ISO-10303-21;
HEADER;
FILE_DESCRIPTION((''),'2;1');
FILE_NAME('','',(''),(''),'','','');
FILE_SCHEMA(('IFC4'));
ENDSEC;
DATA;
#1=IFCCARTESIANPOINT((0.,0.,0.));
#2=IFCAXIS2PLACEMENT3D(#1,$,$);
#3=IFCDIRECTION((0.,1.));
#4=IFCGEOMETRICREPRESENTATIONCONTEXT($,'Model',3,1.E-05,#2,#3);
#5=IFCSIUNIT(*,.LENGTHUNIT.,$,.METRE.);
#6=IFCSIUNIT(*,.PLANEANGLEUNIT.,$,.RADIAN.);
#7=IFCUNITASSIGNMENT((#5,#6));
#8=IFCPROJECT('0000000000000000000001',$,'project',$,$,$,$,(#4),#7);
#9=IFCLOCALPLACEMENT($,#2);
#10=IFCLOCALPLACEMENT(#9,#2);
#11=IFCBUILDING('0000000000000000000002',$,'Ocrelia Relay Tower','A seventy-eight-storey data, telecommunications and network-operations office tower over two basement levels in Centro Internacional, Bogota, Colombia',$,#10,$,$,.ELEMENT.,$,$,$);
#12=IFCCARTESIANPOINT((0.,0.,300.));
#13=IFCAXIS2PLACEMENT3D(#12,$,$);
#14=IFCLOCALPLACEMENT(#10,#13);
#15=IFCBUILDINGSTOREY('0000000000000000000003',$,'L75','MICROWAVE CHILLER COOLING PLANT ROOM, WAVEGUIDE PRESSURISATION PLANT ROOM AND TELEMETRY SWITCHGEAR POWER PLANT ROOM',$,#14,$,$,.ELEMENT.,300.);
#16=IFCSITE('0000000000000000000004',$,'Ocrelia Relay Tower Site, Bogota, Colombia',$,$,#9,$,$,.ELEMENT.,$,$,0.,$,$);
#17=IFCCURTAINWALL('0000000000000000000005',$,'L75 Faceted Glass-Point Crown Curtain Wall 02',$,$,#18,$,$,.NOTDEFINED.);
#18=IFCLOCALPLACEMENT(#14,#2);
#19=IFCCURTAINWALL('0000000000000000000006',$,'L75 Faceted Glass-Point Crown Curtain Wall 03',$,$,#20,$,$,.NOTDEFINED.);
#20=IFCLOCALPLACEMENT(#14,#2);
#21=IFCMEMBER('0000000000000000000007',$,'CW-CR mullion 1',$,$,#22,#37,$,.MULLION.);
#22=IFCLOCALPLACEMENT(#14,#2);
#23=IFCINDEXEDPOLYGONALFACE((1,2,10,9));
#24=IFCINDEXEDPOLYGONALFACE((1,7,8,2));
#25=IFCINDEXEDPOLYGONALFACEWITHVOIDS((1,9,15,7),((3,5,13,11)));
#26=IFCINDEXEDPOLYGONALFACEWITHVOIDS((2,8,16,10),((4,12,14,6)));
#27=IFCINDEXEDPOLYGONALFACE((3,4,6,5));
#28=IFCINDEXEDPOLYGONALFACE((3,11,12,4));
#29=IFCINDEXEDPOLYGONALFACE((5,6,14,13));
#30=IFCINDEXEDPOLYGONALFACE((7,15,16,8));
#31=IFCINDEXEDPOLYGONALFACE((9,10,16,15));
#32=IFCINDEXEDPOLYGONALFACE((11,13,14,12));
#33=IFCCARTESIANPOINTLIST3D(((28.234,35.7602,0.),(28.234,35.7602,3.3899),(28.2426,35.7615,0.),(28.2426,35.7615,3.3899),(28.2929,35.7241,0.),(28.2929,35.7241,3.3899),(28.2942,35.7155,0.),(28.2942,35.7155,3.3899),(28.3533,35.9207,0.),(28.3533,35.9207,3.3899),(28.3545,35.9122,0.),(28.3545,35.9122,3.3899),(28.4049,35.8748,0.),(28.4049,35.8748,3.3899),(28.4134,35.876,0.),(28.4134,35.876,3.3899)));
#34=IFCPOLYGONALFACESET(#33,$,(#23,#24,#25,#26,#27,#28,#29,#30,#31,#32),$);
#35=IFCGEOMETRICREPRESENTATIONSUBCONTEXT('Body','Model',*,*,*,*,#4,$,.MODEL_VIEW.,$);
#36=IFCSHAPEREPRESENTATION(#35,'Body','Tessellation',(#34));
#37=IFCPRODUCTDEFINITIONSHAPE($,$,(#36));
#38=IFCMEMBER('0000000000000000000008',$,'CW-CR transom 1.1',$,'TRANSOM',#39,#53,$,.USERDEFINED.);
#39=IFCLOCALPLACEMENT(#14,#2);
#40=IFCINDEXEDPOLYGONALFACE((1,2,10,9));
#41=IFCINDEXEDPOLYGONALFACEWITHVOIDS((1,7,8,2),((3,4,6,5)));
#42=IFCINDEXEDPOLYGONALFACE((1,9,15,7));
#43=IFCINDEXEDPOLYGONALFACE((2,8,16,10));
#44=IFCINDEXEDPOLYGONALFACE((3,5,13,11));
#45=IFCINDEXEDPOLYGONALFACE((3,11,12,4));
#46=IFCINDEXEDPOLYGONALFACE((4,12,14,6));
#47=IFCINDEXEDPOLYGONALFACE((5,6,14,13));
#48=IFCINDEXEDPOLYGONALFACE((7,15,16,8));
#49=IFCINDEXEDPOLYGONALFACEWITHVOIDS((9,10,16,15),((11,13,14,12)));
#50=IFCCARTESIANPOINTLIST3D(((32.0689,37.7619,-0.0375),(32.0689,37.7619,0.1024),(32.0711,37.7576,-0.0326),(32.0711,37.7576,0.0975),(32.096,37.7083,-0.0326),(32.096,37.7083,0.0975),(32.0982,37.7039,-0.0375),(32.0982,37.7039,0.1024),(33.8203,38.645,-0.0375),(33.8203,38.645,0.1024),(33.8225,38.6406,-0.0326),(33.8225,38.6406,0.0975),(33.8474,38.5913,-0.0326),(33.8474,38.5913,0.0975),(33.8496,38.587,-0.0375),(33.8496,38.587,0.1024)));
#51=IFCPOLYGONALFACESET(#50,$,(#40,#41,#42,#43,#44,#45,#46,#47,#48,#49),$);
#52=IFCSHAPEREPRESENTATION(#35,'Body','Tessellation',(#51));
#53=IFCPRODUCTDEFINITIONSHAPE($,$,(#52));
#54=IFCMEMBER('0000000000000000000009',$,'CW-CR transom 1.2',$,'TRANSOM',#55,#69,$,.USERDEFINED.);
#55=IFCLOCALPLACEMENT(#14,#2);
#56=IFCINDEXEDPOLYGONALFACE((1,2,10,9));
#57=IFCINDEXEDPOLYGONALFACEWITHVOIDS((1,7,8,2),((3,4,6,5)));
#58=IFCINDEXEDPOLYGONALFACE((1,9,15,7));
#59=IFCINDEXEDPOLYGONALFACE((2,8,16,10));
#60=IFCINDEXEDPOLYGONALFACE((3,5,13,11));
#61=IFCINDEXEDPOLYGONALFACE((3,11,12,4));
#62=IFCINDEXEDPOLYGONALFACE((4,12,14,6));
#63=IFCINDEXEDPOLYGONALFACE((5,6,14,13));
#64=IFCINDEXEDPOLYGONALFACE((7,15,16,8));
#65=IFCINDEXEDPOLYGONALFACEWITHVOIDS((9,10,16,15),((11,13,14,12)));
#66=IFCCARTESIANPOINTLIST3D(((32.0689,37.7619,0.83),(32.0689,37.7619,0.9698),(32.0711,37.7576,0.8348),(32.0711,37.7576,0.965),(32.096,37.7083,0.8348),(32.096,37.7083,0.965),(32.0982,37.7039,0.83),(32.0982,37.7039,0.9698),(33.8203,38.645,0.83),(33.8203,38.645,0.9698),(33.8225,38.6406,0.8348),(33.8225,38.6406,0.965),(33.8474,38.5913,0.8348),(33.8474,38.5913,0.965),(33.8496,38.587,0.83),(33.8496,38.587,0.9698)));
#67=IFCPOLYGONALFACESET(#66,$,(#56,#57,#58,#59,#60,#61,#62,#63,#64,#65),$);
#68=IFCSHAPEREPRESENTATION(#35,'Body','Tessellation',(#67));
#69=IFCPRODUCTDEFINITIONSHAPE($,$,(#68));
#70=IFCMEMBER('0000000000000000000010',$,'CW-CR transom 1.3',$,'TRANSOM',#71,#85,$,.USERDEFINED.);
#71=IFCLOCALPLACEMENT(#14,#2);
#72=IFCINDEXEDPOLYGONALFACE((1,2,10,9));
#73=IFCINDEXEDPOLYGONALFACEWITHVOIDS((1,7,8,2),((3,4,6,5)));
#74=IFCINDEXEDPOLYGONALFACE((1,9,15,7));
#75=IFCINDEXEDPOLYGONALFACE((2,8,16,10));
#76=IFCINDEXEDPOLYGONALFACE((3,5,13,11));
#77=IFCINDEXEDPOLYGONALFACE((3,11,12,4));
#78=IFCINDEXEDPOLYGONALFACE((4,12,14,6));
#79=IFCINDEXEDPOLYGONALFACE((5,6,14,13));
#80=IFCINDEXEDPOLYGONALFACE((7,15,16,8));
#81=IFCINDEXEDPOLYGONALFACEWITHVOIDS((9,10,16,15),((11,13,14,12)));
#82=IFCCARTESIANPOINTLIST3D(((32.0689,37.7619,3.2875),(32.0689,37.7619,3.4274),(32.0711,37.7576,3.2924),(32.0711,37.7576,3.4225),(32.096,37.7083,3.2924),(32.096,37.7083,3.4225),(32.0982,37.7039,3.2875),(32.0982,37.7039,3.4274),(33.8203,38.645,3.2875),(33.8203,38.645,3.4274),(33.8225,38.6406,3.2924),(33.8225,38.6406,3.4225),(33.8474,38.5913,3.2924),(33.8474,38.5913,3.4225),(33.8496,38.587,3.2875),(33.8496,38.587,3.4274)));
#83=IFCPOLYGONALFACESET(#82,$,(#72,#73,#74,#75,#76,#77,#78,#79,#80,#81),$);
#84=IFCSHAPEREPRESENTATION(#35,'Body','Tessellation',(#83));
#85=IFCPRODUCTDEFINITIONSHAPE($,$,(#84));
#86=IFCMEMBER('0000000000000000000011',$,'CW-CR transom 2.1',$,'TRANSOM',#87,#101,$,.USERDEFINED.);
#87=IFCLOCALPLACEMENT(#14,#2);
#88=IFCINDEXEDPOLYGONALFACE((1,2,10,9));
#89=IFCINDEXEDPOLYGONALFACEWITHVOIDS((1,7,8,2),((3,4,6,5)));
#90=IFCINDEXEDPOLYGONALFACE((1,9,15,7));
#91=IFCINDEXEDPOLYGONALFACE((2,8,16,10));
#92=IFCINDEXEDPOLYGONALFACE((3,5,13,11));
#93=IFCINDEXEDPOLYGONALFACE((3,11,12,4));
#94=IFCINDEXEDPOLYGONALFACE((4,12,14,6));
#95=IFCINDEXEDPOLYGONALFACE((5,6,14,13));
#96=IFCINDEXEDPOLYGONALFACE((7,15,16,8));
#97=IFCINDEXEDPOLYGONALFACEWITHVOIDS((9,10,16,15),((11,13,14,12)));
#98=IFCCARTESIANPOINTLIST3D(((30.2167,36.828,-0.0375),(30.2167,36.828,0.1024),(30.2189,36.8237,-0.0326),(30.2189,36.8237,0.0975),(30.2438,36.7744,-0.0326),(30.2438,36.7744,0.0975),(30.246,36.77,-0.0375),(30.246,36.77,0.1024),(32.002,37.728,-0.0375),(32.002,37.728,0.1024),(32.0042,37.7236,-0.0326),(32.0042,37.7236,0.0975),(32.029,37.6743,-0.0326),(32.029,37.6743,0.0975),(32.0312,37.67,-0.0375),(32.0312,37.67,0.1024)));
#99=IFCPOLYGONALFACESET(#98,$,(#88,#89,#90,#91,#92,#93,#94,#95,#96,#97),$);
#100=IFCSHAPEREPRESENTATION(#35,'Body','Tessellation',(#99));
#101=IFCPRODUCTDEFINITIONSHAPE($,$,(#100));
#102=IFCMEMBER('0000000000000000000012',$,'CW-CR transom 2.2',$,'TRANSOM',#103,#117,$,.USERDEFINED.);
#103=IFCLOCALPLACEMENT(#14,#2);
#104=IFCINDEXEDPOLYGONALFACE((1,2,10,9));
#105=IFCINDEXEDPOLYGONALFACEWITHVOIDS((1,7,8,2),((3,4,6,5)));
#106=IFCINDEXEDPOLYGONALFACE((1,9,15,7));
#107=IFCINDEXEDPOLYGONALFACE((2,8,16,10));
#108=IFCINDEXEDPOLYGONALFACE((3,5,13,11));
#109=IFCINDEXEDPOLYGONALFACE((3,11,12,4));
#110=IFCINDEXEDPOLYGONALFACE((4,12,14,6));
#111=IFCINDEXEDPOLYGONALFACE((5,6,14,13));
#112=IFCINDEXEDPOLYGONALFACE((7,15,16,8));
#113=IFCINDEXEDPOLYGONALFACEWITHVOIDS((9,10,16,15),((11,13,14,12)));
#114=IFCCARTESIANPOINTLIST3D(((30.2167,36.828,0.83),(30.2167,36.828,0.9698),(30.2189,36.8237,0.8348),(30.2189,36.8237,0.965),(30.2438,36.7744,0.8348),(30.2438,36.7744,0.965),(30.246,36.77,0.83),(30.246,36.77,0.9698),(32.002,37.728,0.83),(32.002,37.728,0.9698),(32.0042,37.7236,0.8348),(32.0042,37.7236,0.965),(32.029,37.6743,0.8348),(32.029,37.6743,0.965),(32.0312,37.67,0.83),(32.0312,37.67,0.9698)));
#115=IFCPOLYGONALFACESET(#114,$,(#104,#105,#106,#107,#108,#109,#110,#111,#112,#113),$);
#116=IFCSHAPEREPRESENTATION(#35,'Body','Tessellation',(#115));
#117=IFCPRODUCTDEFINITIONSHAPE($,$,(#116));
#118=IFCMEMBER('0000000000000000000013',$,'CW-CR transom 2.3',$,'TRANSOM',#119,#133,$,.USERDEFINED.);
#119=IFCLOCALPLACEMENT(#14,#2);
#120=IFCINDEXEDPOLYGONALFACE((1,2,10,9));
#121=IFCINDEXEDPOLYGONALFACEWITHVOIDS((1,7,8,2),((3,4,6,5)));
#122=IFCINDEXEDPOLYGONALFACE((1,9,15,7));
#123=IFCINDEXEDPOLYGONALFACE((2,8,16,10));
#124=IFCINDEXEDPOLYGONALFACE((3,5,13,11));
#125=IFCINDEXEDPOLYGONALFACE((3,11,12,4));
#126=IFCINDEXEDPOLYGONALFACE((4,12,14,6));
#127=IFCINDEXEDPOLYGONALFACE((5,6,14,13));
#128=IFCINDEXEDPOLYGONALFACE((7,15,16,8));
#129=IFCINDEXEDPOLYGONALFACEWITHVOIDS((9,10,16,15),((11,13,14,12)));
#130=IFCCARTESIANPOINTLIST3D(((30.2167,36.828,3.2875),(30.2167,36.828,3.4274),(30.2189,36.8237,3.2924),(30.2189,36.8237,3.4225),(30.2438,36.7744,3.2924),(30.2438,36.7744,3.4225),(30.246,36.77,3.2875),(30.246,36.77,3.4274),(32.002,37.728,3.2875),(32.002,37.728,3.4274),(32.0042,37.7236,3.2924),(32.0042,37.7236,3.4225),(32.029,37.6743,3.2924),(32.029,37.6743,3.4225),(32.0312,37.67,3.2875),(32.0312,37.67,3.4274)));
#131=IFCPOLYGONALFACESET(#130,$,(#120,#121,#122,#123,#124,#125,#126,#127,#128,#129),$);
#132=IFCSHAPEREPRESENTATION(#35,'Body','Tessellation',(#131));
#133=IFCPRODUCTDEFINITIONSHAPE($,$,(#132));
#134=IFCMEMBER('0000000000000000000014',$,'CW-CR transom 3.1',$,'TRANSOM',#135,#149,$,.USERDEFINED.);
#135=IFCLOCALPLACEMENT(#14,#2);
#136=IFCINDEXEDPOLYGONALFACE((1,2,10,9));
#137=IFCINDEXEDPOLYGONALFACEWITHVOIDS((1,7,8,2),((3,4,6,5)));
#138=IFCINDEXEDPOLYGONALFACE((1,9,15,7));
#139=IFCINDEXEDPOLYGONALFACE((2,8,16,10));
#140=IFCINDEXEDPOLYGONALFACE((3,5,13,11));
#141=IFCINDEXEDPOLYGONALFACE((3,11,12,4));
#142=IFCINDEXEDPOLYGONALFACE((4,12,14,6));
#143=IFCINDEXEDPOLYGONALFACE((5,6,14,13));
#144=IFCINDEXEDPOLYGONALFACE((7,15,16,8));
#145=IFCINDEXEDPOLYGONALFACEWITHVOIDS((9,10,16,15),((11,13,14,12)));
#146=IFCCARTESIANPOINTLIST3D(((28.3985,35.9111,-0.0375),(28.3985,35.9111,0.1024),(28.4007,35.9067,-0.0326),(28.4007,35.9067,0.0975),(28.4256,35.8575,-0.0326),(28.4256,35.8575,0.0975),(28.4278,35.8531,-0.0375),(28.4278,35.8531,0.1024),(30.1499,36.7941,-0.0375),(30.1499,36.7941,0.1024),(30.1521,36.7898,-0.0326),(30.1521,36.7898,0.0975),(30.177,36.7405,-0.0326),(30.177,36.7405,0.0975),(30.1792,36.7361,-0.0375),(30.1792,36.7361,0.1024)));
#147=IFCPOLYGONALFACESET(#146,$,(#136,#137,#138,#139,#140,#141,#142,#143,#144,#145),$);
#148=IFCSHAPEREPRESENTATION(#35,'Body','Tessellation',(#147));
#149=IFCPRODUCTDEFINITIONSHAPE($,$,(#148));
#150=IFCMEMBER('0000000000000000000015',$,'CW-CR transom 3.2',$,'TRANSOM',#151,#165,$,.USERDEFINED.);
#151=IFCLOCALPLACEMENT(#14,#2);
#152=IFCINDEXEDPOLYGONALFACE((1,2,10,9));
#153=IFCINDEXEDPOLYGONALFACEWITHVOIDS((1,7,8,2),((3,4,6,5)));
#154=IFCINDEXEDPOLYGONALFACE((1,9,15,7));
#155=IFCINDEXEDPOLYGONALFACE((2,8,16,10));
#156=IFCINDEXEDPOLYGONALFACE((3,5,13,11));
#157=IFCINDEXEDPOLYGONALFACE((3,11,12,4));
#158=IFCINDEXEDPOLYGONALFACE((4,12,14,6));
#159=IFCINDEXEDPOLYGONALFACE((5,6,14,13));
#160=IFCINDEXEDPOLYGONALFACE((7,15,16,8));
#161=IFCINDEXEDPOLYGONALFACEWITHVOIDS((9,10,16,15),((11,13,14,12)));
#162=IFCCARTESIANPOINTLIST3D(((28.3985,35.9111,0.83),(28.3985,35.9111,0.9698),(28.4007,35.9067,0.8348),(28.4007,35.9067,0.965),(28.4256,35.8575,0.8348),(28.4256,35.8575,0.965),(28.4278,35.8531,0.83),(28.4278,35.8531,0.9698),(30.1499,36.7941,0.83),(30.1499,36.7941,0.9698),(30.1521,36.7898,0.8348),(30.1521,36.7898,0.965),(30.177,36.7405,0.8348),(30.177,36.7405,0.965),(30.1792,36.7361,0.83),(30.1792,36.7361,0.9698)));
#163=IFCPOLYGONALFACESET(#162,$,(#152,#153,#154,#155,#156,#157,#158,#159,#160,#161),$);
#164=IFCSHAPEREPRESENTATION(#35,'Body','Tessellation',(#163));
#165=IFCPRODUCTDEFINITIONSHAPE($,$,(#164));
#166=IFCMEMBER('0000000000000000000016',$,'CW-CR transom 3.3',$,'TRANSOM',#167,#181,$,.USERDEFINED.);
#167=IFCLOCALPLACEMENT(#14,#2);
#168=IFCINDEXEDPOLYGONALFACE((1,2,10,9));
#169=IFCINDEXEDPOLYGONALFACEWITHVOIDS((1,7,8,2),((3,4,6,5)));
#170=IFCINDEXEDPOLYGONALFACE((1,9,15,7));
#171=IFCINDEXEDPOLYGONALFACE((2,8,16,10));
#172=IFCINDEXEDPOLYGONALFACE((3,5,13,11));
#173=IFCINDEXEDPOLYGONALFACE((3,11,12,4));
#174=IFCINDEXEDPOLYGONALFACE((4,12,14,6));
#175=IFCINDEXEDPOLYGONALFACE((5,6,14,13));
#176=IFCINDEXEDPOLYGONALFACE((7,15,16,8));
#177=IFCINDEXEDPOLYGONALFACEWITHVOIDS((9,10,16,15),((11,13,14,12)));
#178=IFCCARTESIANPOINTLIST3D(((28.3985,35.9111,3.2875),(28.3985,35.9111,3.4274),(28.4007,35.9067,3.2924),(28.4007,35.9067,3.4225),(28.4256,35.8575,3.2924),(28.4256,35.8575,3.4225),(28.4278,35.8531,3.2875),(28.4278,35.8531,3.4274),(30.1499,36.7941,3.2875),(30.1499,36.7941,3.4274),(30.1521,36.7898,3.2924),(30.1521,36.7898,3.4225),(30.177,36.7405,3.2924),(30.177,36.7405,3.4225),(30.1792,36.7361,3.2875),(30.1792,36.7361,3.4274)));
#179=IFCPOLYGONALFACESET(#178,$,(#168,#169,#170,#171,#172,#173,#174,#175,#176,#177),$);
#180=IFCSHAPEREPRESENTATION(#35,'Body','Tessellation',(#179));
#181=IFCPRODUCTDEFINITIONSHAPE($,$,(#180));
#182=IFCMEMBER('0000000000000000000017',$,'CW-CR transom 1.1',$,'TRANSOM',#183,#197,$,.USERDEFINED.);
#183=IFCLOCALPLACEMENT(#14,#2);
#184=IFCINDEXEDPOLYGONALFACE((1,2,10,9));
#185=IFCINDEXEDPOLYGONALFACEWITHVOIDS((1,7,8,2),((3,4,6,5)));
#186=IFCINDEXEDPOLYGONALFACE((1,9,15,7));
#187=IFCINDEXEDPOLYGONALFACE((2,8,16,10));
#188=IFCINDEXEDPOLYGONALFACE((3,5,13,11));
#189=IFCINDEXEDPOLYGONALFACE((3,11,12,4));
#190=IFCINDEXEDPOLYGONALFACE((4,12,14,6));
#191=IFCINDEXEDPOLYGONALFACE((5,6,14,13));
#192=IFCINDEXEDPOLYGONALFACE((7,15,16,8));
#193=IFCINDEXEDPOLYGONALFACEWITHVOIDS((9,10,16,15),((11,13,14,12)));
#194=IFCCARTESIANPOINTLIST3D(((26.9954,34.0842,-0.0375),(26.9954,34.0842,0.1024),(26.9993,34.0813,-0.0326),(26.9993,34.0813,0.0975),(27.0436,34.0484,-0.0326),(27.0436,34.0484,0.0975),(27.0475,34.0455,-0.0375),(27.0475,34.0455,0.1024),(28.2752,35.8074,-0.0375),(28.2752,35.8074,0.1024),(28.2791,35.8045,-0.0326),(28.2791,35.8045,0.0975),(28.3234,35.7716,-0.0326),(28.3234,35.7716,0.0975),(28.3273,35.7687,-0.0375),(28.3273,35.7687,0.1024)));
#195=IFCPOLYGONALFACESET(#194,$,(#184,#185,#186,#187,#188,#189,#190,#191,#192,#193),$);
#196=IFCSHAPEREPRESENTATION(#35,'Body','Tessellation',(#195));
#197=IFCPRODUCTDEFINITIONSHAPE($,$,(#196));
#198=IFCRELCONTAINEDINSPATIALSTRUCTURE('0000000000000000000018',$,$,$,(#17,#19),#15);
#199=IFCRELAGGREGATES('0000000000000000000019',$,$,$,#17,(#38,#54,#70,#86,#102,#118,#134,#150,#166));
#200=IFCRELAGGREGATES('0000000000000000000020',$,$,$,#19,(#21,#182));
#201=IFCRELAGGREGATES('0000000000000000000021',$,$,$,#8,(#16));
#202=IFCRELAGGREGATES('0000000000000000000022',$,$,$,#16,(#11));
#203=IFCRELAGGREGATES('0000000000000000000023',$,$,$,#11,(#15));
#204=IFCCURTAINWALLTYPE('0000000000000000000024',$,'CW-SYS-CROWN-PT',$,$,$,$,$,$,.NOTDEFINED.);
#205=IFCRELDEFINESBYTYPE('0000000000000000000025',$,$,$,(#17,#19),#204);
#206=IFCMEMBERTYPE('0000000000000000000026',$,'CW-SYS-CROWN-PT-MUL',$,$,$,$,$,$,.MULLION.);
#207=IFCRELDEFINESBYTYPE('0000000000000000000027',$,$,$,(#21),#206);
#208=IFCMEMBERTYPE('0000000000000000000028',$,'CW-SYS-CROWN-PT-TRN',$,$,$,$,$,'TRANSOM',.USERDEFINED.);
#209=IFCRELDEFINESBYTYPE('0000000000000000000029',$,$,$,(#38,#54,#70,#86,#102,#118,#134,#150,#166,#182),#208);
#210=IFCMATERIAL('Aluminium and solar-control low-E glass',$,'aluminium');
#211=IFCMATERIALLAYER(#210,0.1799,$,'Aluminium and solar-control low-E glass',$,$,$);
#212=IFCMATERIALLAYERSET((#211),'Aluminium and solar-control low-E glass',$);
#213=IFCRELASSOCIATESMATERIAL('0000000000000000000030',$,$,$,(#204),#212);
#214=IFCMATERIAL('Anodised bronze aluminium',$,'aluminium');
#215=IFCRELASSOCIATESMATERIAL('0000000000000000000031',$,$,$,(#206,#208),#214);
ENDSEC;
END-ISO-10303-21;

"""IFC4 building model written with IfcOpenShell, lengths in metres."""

from ifc_helpers import new_model, si_unit, direction, frame, origin, origin_2d, place, context, subcontext, project, spatial, hollow_rectangle, extrude, material, layer, layer_set, material_profile, profile_set, type_object, element, aggregate, save


model = new_model("IFC4")

# Units and contexts
model_context = context("Model", 3, precision=1e-05, world=origin(), true_north=direction((0.0, 1.0)))
body_context = subcontext(model_context, "Body", "Model", "MODEL_VIEW")
ifc_project = project(units=[si_unit("LENGTHUNIT", "METRE"), si_unit("PLANEANGLEUNIT", "RADIAN")], contexts=[model_context])

# Site, building, storey
site_placement = place(None, origin())
site = spatial("IfcSite", under=ifc_project, at=site_placement, Name="Ocrelia Relay Tower Site, Bogota, Colombia", CompositionType="ELEMENT", RefElevation=0.0)
building_placement = place(site_placement, origin())
building = spatial("IfcBuilding", under=site, at=building_placement, Name="Ocrelia Relay Tower", Description="A seventy-eight-storey data, telecommunications and network-operations office tower over two basement levels in Centro Internacional, Bogota, Colombia", CompositionType="ELEMENT")
storey_placement = place(building_placement, frame((0.0, 0.0, 300.0)))
storey = spatial("IfcBuildingStorey", under=building, at=storey_placement, Name="L75", Description="MICROWAVE CHILLER COOLING PLANT ROOM, WAVEGUIDE PRESSURISATION PLANT ROOM AND TELEMETRY SWITCHGEAR POWER PLANT ROOM", CompositionType="ELEMENT", Elevation=300.0)

# Shared definitions
ifc_material_1 = material(Name="Aluminium and solar-control low-E glass", Category="aluminium")
ifc_layer_1 = layer(ifc_material_1, 0.1799, Name="Aluminium and solar-control low-E glass")
ifc_layer_set_1 = layer_set([ifc_layer_1], Name="Aluminium and solar-control low-E glass")
curtain_wall_type = type_object("IfcCurtainWallType", Name="CW-SYS-CROWN-PT", PredefinedType="NOTDEFINED", material=ifc_layer_set_1)
ifc_material_2 = material(Name="Anodised bronze aluminium", Category="aluminium")
ifc_material_profile_1 = material_profile(ifc_material_2, hollow_rectangle(XDim=0.075, YDim=0.2, WallThickness=0.0061, at=origin_2d()), Name="CW-MUL-200x75")
ifc_profile_set_1 = profile_set([ifc_material_profile_1], Name="Anodised bronze aluminium")
member_type_1 = type_object("IfcMemberType", Name="CW-SYS-CROWN-PT-MUL", PredefinedType="MULLION", material=ifc_profile_set_1)

# Curtain wall
curtain_wall_1_placement = place(storey_placement, origin())
curtain_wall_1 = element("IfcCurtainWall", 1, at=curtain_wall_1_placement, inside=storey, type_object=curtain_wall_type, Name="L75 Faceted Glass-Point Crown Curtain Wall 02", PredefinedType="NOTDEFINED")

# Curtain wall, member
curtain_wall_2_placement = place(storey_placement, origin())
curtain_wall_2 = element("IfcCurtainWall", 2, at=curtain_wall_2_placement, inside=storey, type_object=curtain_wall_type, Name="L75 Faceted Glass-Point Crown Curtain Wall 03", PredefinedType="NOTDEFINED")
member_1_placement = place(storey_placement, frame((28.3237, 35.8181, 0.0), z_axis=(0.0, 0.0, 1.0), x_axis=(0.802777, -0.59628, 0.0)))
member_1 = element("IfcMember", 3, at=member_1_placement, type_object=member_type_1, Name="CW-CR mullion 1", PredefinedType="MULLION", context=body_context, shape_type="SweptSolid", body=[
    extrude(hollow_rectangle(XDim=0.075, YDim=0.2, WallThickness=0.0061, at=origin_2d()), origin(), (0.0, 0.0, 1.0), 3.3899),
])

# Members
ifc_material_profile_2 = material_profile(ifc_material_2, hollow_rectangle(XDim=0.0649, YDim=0.1399, WallThickness=0.0049, at=origin_2d()), Name="CW-TRN-140x65")
ifc_profile_set_2 = profile_set([ifc_material_profile_2], Name="Anodised bronze aluminium")
member_type_2 = type_object("IfcMemberType", Name="CW-SYS-CROWN-PT-TRN", ElementType="TRANSOM", PredefinedType="USERDEFINED", material=ifc_profile_set_2)
member_2_placement = place(storey_placement, frame((33.835, 38.616, 0.0325), z_axis=(-0.892929, -0.450198, 0.0), x_axis=(0.450198, -0.892929, 0.0)))
member_2 = element("IfcMember", 4, at=member_2_placement, type_object=member_type_2, Name="CW-CR transom 1.1", ObjectType="TRANSOM", PredefinedType="USERDEFINED", context=body_context, shape_type="SweptSolid", body=[
    extrude(hollow_rectangle(XDim=0.0649, YDim=0.1399, WallThickness=0.0049, at=origin_2d()), origin(), (0.0, 0.0, 1.0), 1.9614),
])
member_3_placement = place(storey_placement, frame((33.835, 38.616, 0.8999), z_axis=(-0.892929, -0.450198, 0.0), x_axis=(0.450198, -0.892929, 0.0)))
member_3 = element("IfcMember", 5, at=member_3_placement, type_object=member_type_2, Name="CW-CR transom 1.2", ObjectType="TRANSOM", PredefinedType="USERDEFINED", context=body_context, shape_type="SweptSolid", body=[
    extrude(hollow_rectangle(XDim=0.0649, YDim=0.1399, WallThickness=0.0049, at=origin_2d()), origin(), (0.0, 0.0, 1.0), 1.9614),
])
member_4_placement = place(storey_placement, frame((33.835, 38.616, 3.3574), z_axis=(-0.892929, -0.450198, 0.0), x_axis=(0.450198, -0.892929, 0.0)))
member_4 = element("IfcMember", 6, at=member_4_placement, type_object=member_type_2, Name="CW-CR transom 1.3", ObjectType="TRANSOM", PredefinedType="USERDEFINED", context=body_context, shape_type="SweptSolid", body=[
    extrude(hollow_rectangle(XDim=0.0649, YDim=0.1399, WallThickness=0.0049, at=origin_2d()), origin(), (0.0, 0.0, 1.0), 1.9614),
])
member_5_placement = place(storey_placement, frame((32.0166, 37.699, 0.0325), z_axis=(-0.892957, -0.450142, 0.0), x_axis=(0.450142, -0.892957, 0.0)))
member_5 = element("IfcMember", 7, at=member_5_placement, type_object=member_type_2, Name="CW-CR transom 2.1", ObjectType="TRANSOM", PredefinedType="USERDEFINED", context=body_context, shape_type="SweptSolid", body=[
    extrude(hollow_rectangle(XDim=0.0649, YDim=0.1399, WallThickness=0.0049, at=origin_2d()), origin(), (0.0, 0.0, 1.0), 1.9993),
])
member_6_placement = place(storey_placement, frame((32.0166, 37.699, 0.8999), z_axis=(-0.892957, -0.450142, 0.0), x_axis=(0.450142, -0.892957, 0.0)))
member_6 = element("IfcMember", 8, at=member_6_placement, type_object=member_type_2, Name="CW-CR transom 2.2", ObjectType="TRANSOM", PredefinedType="USERDEFINED", context=body_context, shape_type="SweptSolid", body=[
    extrude(hollow_rectangle(XDim=0.0649, YDim=0.1399, WallThickness=0.0049, at=origin_2d()), origin(), (0.0, 0.0, 1.0), 1.9993),
])
member_7_placement = place(storey_placement, frame((32.0166, 37.699, 3.3574), z_axis=(-0.892957, -0.450142, 0.0), x_axis=(0.450142, -0.892957, 0.0)))
member_7 = element("IfcMember", 9, at=member_7_placement, type_object=member_type_2, Name="CW-CR transom 2.3", ObjectType="TRANSOM", PredefinedType="USERDEFINED", context=body_context, shape_type="SweptSolid", body=[
    extrude(hollow_rectangle(XDim=0.0649, YDim=0.1399, WallThickness=0.0049, at=origin_2d()), origin(), (0.0, 0.0, 1.0), 1.9993),
])
member_8_placement = place(storey_placement, frame((30.1646, 36.7651, 0.0325), z_axis=(-0.892929, -0.450198, 0.0), x_axis=(0.450198, -0.892929, 0.0)))
member_8 = element("IfcMember", 10, at=member_8_placement, type_object=member_type_2, Name="CW-CR transom 3.1", ObjectType="TRANSOM", PredefinedType="USERDEFINED", context=body_context, shape_type="SweptSolid", body=[
    extrude(hollow_rectangle(XDim=0.0649, YDim=0.1399, WallThickness=0.0049, at=origin_2d()), origin(), (0.0, 0.0, 1.0), 1.9614),
])
member_9_placement = place(storey_placement, frame((30.1646, 36.7651, 0.8999), z_axis=(-0.892929, -0.450198, 0.0), x_axis=(0.450198, -0.892929, 0.0)))
member_9 = element("IfcMember", 11, at=member_9_placement, type_object=member_type_2, Name="CW-CR transom 3.2", ObjectType="TRANSOM", PredefinedType="USERDEFINED", context=body_context, shape_type="SweptSolid", body=[
    extrude(hollow_rectangle(XDim=0.0649, YDim=0.1399, WallThickness=0.0049, at=origin_2d()), origin(), (0.0, 0.0, 1.0), 1.9614),
])
member_10_placement = place(storey_placement, frame((30.1646, 36.7651, 3.3574), z_axis=(-0.892929, -0.450198, 0.0), x_axis=(0.450198, -0.892929, 0.0)))
member_10 = element("IfcMember", 12, at=member_10_placement, type_object=member_type_2, Name="CW-CR transom 3.3", ObjectType="TRANSOM", PredefinedType="USERDEFINED", context=body_context, shape_type="SweptSolid", body=[
    extrude(hollow_rectangle(XDim=0.0649, YDim=0.1399, WallThickness=0.0049, at=origin_2d()), origin(), (0.0, 0.0, 1.0), 1.9614),
])
member_11_placement = place(storey_placement, frame((28.3013, 35.7881, 0.0325), z_axis=(-0.596244, -0.802803, 0.0), x_axis=(0.802803, -0.596244, 0.0)))
member_11 = element("IfcMember", 13, at=member_11_placement, type_object=member_type_2, Name="CW-CR transom 1.1", ObjectType="TRANSOM", PredefinedType="USERDEFINED", context=body_context, shape_type="SweptSolid", body=[
    extrude(hollow_rectangle(XDim=0.0649, YDim=0.1399, WallThickness=0.0049, at=origin_2d()), origin(), (0.0, 0.0, 1.0), 2.1465),
])

aggregate(curtain_wall_1, [member_2, member_3, member_4, member_5, member_6, member_7, member_8, member_9, member_10])
aggregate(curtain_wall_2, [member_1, member_11])

save(model, "model.ifc")
